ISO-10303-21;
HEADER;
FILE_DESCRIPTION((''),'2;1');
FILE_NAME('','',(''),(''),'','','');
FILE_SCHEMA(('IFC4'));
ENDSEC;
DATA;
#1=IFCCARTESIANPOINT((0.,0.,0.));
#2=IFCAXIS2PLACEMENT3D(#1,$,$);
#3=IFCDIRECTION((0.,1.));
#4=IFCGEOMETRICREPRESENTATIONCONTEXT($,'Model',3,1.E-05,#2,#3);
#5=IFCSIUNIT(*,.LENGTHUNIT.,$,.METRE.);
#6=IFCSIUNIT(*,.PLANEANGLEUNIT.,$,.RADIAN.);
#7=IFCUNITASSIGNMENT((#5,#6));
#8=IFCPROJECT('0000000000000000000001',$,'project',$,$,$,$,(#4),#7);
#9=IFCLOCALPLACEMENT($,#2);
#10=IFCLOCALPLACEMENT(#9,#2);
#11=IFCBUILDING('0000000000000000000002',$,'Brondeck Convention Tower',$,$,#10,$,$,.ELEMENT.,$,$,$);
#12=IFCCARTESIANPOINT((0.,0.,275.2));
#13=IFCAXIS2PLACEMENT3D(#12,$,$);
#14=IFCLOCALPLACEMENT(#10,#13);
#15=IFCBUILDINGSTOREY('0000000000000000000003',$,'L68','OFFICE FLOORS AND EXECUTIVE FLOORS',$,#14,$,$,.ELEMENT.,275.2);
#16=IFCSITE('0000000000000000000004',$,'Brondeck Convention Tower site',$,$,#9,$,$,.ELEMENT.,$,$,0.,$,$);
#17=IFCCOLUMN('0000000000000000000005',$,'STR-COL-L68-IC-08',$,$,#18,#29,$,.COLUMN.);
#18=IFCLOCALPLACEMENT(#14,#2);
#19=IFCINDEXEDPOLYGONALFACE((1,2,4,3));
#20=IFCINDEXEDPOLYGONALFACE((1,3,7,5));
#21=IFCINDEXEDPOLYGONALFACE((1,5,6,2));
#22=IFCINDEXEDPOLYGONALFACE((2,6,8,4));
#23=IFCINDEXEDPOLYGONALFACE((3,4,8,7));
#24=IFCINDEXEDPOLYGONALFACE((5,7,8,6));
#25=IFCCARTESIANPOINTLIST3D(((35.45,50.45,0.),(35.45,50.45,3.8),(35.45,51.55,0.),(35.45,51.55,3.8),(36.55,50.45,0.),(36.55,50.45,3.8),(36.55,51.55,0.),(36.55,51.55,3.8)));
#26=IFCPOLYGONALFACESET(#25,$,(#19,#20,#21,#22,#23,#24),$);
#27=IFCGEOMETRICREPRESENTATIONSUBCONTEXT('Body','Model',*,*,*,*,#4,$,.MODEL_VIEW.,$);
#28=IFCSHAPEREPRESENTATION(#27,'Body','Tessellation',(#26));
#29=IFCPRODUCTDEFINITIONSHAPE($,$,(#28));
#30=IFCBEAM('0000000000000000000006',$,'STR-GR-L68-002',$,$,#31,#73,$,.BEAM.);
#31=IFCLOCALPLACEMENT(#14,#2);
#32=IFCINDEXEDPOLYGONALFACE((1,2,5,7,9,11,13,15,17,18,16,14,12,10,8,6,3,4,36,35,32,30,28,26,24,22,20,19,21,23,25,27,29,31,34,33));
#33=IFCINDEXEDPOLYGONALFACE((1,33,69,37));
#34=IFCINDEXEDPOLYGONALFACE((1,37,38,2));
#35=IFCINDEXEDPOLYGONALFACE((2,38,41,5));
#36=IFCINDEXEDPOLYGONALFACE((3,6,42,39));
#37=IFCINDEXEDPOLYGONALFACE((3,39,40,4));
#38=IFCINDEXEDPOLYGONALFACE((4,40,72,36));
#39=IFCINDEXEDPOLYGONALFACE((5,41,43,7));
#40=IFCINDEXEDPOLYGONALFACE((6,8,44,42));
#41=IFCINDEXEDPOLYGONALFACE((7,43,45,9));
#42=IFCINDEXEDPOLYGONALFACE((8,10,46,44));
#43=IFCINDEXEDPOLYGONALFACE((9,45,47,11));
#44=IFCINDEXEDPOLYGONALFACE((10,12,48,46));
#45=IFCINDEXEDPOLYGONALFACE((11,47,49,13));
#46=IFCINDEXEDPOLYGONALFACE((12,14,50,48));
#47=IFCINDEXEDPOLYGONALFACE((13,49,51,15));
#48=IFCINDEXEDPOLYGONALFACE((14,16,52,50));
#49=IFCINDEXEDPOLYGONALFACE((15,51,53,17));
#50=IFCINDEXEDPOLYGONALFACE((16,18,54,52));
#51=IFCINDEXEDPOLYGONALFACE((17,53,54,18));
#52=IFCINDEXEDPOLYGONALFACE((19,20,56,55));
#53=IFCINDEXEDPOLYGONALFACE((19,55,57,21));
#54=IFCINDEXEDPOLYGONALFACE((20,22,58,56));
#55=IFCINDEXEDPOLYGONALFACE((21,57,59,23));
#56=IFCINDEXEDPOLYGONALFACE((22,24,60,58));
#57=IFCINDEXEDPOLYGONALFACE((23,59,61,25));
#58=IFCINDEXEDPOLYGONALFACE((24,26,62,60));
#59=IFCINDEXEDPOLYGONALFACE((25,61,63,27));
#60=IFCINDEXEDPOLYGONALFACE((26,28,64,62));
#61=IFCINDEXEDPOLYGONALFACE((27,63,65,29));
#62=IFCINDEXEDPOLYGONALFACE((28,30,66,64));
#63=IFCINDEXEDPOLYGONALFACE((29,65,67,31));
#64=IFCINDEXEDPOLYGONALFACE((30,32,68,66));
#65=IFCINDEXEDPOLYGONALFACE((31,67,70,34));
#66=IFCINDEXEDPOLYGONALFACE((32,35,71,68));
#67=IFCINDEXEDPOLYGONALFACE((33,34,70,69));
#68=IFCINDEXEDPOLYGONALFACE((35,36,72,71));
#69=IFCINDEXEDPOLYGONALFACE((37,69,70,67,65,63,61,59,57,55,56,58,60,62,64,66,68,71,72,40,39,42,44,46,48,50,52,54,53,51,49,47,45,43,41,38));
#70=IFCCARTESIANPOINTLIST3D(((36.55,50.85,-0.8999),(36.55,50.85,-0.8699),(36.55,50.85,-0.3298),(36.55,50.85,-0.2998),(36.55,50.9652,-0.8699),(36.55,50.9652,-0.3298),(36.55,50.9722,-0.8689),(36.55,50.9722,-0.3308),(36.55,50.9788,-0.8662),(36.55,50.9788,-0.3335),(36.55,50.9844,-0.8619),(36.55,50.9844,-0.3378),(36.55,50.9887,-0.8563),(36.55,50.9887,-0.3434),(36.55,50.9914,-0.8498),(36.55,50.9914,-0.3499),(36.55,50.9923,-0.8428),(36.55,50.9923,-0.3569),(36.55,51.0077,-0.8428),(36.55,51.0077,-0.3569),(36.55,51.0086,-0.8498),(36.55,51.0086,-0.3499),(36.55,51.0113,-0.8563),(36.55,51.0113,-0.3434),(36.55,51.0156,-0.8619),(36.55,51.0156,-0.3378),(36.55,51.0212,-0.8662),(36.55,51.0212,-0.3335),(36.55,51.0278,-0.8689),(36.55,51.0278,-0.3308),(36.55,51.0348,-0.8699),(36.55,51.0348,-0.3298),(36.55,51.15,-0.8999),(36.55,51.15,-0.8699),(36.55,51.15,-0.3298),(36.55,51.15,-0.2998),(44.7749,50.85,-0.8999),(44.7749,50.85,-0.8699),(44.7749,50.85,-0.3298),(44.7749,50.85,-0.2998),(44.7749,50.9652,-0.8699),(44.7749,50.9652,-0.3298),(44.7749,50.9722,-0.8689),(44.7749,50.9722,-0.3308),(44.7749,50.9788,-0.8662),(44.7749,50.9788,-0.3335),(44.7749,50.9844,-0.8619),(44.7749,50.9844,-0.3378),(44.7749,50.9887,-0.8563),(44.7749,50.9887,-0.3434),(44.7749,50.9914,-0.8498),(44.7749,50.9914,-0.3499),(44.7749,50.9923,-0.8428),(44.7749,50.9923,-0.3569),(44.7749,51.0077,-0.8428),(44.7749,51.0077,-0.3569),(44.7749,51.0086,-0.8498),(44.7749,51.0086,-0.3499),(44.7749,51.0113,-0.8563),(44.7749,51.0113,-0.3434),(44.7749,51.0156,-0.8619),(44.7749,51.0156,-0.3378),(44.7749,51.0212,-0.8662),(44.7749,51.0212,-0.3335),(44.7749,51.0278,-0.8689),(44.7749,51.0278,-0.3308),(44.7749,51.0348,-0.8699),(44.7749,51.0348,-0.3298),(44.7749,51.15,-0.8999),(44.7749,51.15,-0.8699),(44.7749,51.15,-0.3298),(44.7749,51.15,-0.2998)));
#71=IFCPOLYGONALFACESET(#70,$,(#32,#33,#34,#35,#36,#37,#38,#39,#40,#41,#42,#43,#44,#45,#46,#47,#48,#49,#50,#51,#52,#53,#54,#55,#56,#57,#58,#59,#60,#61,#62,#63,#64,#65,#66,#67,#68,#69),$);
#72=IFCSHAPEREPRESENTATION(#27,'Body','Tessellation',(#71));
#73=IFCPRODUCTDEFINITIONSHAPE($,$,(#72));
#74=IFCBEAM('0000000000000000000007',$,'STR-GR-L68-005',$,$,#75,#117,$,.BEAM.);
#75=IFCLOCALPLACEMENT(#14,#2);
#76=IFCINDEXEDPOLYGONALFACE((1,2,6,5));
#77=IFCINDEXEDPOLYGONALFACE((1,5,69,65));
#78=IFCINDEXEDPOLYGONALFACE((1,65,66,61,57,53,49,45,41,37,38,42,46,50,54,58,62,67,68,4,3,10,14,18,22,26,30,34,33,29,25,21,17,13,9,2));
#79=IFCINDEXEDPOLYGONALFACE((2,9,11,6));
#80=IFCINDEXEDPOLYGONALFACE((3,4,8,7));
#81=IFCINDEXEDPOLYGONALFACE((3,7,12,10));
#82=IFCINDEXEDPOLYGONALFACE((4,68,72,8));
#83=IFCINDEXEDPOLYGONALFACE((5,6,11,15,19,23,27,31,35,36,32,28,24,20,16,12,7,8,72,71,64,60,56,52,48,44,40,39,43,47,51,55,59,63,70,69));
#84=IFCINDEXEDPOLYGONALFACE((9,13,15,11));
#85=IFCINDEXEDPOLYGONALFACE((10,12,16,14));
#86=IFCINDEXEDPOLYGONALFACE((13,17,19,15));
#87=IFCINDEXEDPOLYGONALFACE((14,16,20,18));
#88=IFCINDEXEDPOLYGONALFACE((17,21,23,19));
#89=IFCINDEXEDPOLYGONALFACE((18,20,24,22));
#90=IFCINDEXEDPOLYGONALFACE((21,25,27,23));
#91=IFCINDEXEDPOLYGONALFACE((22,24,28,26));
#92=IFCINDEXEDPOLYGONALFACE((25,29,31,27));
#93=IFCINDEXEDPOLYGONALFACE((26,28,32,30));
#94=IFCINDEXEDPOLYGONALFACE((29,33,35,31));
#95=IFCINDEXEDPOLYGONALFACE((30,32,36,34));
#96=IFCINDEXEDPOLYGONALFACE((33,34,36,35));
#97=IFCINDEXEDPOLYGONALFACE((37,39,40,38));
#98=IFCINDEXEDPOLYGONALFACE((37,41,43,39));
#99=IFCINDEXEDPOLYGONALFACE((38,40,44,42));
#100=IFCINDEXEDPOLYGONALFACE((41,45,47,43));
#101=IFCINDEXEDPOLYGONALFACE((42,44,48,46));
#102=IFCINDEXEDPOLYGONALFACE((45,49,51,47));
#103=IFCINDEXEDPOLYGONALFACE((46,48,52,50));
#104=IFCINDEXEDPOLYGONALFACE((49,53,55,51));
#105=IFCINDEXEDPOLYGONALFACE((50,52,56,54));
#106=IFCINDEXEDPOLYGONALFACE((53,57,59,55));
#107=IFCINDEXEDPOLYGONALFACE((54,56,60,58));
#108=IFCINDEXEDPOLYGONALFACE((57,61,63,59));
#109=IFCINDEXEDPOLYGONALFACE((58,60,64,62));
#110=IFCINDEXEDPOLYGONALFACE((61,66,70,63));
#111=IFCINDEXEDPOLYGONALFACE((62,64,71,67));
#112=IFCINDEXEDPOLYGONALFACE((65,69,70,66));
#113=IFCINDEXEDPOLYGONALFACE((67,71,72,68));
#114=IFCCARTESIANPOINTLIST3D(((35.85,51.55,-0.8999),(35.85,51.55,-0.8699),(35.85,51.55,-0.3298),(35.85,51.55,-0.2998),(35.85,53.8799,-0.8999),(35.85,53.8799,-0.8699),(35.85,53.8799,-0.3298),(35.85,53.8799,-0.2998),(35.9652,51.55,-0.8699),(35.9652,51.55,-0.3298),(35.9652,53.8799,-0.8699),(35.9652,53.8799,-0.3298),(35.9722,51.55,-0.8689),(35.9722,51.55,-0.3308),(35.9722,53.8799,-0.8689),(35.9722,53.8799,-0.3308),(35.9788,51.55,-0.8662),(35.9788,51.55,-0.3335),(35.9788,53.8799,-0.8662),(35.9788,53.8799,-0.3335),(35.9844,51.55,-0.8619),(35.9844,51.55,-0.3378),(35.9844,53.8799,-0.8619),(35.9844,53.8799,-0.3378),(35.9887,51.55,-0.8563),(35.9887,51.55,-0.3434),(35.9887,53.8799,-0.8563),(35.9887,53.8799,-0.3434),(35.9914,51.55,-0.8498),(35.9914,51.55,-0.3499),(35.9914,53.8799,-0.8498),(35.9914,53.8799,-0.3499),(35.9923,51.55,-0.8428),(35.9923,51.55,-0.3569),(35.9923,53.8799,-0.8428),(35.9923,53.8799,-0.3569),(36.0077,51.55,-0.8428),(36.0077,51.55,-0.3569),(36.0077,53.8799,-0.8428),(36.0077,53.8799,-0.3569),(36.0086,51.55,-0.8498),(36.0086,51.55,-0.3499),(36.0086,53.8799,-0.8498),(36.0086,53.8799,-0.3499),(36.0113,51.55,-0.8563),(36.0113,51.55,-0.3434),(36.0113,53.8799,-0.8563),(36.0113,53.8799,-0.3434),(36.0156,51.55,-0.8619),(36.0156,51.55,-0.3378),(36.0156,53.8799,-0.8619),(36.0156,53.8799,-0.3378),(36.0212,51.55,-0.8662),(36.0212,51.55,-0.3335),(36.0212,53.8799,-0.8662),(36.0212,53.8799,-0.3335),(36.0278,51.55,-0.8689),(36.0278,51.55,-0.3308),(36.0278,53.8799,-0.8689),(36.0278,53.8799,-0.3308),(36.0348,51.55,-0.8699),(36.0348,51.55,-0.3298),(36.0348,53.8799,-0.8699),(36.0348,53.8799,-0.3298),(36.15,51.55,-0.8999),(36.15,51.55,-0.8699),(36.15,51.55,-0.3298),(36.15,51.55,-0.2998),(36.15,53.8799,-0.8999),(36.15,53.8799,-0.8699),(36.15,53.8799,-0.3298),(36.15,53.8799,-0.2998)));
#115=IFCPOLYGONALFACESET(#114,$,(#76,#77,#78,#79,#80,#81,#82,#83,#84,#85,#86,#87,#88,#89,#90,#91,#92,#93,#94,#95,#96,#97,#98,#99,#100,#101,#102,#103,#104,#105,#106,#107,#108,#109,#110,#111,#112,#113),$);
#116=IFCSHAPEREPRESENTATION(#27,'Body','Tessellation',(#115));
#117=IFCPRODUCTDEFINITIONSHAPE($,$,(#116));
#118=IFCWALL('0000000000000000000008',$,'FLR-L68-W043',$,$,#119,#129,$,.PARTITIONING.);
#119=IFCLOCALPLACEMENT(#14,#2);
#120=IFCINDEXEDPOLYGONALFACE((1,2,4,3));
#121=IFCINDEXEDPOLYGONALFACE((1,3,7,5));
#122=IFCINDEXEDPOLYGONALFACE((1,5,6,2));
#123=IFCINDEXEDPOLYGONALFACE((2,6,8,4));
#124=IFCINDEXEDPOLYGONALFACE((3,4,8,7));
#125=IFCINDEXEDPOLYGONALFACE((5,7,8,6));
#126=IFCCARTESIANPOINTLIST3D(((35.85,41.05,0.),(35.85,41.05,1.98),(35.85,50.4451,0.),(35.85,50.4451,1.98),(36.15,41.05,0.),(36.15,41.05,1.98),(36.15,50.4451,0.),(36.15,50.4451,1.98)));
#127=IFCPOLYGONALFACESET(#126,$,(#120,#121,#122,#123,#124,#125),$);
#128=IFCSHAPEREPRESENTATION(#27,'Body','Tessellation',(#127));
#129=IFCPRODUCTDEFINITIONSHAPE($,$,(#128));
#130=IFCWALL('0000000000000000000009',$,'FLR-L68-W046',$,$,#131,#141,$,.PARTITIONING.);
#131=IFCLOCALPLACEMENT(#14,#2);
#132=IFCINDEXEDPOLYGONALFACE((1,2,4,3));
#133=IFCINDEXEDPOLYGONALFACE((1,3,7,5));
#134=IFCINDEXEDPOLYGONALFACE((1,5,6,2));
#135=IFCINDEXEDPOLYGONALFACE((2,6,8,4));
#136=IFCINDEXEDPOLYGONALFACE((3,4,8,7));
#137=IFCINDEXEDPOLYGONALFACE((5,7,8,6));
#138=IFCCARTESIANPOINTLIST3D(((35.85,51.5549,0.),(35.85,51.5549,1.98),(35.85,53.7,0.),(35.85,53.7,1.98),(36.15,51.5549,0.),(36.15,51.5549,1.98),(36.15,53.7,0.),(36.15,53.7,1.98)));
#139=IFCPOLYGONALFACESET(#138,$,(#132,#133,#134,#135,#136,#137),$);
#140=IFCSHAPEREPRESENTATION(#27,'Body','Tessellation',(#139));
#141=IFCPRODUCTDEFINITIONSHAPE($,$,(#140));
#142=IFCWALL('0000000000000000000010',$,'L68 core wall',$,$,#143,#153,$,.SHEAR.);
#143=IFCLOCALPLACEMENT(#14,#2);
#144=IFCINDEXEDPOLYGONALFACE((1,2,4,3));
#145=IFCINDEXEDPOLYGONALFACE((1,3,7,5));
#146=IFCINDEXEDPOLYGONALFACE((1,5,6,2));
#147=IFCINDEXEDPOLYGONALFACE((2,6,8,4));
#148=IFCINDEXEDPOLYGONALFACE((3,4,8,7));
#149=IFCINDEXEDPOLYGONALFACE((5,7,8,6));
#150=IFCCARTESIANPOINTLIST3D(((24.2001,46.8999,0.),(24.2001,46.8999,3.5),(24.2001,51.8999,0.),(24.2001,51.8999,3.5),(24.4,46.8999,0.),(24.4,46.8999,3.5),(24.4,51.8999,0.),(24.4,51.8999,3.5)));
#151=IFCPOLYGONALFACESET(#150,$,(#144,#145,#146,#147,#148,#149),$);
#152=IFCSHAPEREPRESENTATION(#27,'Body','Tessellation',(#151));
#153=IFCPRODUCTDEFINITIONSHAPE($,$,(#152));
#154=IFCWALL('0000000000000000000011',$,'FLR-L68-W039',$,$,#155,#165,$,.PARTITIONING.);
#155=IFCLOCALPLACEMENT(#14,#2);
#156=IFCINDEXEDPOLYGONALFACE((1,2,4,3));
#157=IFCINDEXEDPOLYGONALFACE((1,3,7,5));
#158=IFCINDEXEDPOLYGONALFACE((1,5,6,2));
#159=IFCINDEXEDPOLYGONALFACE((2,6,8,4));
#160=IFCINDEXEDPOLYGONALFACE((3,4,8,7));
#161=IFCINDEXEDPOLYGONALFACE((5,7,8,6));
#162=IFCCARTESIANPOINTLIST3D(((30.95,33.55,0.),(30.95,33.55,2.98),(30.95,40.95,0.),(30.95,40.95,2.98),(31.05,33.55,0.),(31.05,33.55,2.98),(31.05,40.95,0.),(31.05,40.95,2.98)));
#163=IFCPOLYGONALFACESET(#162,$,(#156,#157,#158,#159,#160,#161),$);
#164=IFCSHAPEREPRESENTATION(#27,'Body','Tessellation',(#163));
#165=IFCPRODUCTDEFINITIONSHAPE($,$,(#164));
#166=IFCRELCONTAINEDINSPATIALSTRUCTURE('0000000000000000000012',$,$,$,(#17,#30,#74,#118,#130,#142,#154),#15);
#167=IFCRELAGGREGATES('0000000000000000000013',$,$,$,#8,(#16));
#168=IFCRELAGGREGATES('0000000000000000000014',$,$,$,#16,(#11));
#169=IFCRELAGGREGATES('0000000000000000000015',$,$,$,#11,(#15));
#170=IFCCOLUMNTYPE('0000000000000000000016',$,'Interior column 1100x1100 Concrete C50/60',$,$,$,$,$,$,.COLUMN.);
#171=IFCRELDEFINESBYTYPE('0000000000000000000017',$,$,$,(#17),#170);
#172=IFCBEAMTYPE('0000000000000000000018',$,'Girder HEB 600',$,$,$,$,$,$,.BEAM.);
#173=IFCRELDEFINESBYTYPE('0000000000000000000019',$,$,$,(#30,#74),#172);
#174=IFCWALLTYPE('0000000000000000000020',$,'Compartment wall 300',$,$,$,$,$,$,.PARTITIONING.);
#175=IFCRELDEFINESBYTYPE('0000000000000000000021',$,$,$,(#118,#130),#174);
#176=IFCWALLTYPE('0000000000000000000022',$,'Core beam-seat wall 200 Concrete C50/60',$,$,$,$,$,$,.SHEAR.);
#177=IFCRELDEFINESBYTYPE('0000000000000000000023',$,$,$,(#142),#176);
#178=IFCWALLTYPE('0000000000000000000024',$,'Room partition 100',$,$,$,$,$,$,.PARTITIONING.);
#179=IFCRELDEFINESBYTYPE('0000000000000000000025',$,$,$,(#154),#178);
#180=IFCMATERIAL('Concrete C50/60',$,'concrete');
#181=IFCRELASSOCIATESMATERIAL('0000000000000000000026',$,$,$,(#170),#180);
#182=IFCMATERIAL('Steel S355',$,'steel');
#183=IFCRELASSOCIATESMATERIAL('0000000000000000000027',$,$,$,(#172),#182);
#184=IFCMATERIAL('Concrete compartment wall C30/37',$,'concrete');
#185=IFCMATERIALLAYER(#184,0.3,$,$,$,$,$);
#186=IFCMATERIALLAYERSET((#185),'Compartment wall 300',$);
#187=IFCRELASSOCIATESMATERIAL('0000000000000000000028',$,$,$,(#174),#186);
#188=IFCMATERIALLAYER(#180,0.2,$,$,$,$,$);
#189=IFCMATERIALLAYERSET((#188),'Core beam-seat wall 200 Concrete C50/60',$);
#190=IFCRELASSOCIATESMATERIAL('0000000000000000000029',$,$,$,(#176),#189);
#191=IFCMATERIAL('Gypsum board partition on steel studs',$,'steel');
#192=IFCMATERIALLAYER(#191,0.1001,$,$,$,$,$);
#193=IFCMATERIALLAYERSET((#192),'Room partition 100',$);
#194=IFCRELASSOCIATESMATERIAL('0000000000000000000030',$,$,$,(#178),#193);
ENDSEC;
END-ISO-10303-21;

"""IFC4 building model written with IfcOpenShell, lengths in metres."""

from ifc_helpers import new_model, si_unit, direction, frame, frame_2d, origin, origin_2d, place, context, subcontext, project, spatial, rectangle, i_section, extrude, material, layer, layer_set, material_profile, profile_set, type_object, element, save


model = new_model("IFC4")

# Units and contexts
model_context = context("Model", 3, precision=1e-05, world=origin(), true_north=direction((0.0, 1.0)))
body_context = subcontext(model_context, "Body", "Model", "MODEL_VIEW")
ifc_project = project(units=[si_unit("LENGTHUNIT", "METRE"), si_unit("PLANEANGLEUNIT", "RADIAN")], contexts=[model_context])

# Site, building, storey
site_placement = place(None, origin())
site = spatial("IfcSite", under=ifc_project, at=site_placement, Name="Brondeck Convention Tower site", CompositionType="ELEMENT", RefElevation=0.0)
building_placement = place(site_placement, origin())
building = spatial("IfcBuilding", under=site, at=building_placement, Name="Brondeck Convention Tower", CompositionType="ELEMENT")
storey_placement = place(building_placement, frame((0.0, 0.0, 275.2)))
storey = spatial("IfcBuildingStorey", under=building, at=storey_placement, Name="L68", Description="OFFICE FLOORS AND EXECUTIVE FLOORS", CompositionType="ELEMENT", Elevation=275.2)

# Column
ifc_material_1 = material(Name="Concrete C50/60", Category="concrete")
ifc_material_profile_1 = material_profile(ifc_material_1, rectangle(XDim=1.1001, YDim=1.1001, at=origin_2d()), Name="Interior column 1100x1100 Concrete C50/60")
ifc_profile_set_1 = profile_set([ifc_material_profile_1], Name="Concrete C50/60")
column_type = type_object("IfcColumnType", Name="Interior column 1100x1100 Concrete C50/60", PredefinedType="COLUMN", material=ifc_profile_set_1)
column_placement = place(storey_placement, frame((36.0, 51.0, 0.0), z_axis=(0.0, 0.0, 1.0), x_axis=(1.0, 0.0, 0.0)))
element("IfcColumn", 1, at=column_placement, inside=storey, type_object=column_type, Name="STR-COL-L68-IC-08", PredefinedType="COLUMN", context=body_context, shape_type="SweptSolid", body=[
    extrude(rectangle(XDim=1.1001, YDim=1.1001, at=origin_2d()), origin(), (0.0, 0.0, 1.0), 3.8),
])

# Beams
ifc_material_2 = material(Name="Steel S355", Category="steel")
ifc_material_profile_2 = material_profile(ifc_material_2, i_section(OverallWidth=0.3, OverallDepth=0.6001, WebThickness=0.0154, FlangeThickness=0.03, FilletRadius=0.0271, at=origin_2d()), Name="HEB 600")
ifc_profile_set_2 = profile_set([ifc_material_profile_2], Name="Steel S355")
beam_type = type_object("IfcBeamType", Name="Girder HEB 600", PredefinedType="BEAM", material=ifc_profile_set_2)
beam_1_placement = place(storey_placement, frame((36.55, 51.0, -0.5999), z_axis=(1.0, 0.0, 0.0), x_axis=(0.0, 1.0, 0.0)))
element("IfcBeam", 2, at=beam_1_placement, inside=storey, type_object=beam_type, Name="STR-GR-L68-002", PredefinedType="BEAM", context=body_context, shape_type="SweptSolid", body=[
    extrude(i_section(OverallWidth=0.3, OverallDepth=0.6001, WebThickness=0.0154, FlangeThickness=0.03, FilletRadius=0.0271, at=origin_2d()), origin(), (0.0, 0.0, 1.0), 8.2249),
])
beam_2_placement = place(storey_placement, frame((36.0, 51.55, -0.5999), z_axis=(0.0, 1.0, 0.0), x_axis=(-1.0, 0.0, 0.0)))
element("IfcBeam", 3, at=beam_2_placement, inside=storey, type_object=beam_type, Name="STR-GR-L68-005", PredefinedType="BEAM", context=body_context, shape_type="SweptSolid", body=[
    extrude(i_section(OverallWidth=0.3, OverallDepth=0.6001, WebThickness=0.0154, FlangeThickness=0.03, FilletRadius=0.0271, at=origin_2d()), origin(), (0.0, 0.0, 1.0), 2.3298),
])

# Walls
ifc_material_3 = material(Name="Concrete compartment wall C30/37", Category="concrete")
ifc_layer_1 = layer(ifc_material_3, 0.3)
ifc_layer_set_1 = layer_set([ifc_layer_1], Name="Compartment wall 300")
wall_type_1 = type_object("IfcWallType", Name="Compartment wall 300", PredefinedType="PARTITIONING", material=ifc_layer_set_1)
wall_1_placement = place(storey_placement, frame((36.0, 41.05, 0.0), z_axis=(0.0, 0.0, 1.0), x_axis=(0.0, 1.0, 0.0)))
element("IfcWall", 4, at=wall_1_placement, inside=storey, type_object=wall_type_1, Name="FLR-L68-W043", PredefinedType="PARTITIONING", context=body_context, shape_type="SweptSolid", body=[
    extrude(rectangle(XDim=9.395, YDim=0.3, at=frame_2d((4.6975, 0.0))), origin(), (0.0, 0.0, 1.0), 1.98),
])
wall_2_placement = place(storey_placement, frame((36.0, 51.5549, 0.0), z_axis=(0.0, 0.0, 1.0), x_axis=(0.0, 1.0, 0.0)))
element("IfcWall", 5, at=wall_2_placement, inside=storey, type_object=wall_type_1, Name="FLR-L68-W046", PredefinedType="PARTITIONING", context=body_context, shape_type="SweptSolid", body=[
    extrude(rectangle(XDim=2.145, YDim=0.3, at=frame_2d((1.0725, 0.0))), origin(), (0.0, 0.0, 1.0), 1.98),
])
ifc_layer_2 = layer(ifc_material_1, 0.2)
ifc_layer_set_2 = layer_set([ifc_layer_2], Name="Core beam-seat wall 200 Concrete C50/60")
wall_type_2 = type_object("IfcWallType", Name="Core beam-seat wall 200 Concrete C50/60", PredefinedType="SHEAR", material=ifc_layer_set_2)
wall_3_placement = place(storey_placement, frame((24.3, 46.8999, 0.0), z_axis=(0.0, 0.0, 1.0), x_axis=(0.0, 1.0, 0.0)))
element("IfcWall", 6, at=wall_3_placement, inside=storey, type_object=wall_type_2, Name="L68 core wall", PredefinedType="SHEAR", context=body_context, shape_type="SweptSolid", body=[
    extrude(rectangle(XDim=5.0, YDim=0.2, at=frame_2d((2.5, 0.0))), origin(), (0.0, 0.0, 1.0), 3.5),
])
ifc_material_4 = material(Name="Gypsum board partition on steel studs", Category="steel")
ifc_layer_3 = layer(ifc_material_4, 0.1001)
ifc_layer_set_3 = layer_set([ifc_layer_3], Name="Room partition 100")
wall_type_3 = type_object("IfcWallType", Name="Room partition 100", PredefinedType="PARTITIONING", material=ifc_layer_set_3)
wall_4_placement = place(storey_placement, frame((31.0, 40.95, 0.0), z_axis=(0.0, 0.0, 1.0), x_axis=(0.0, -1.0, 0.0)))
element("IfcWall", 7, at=wall_4_placement, inside=storey, type_object=wall_type_3, Name="FLR-L68-W039", PredefinedType="PARTITIONING", context=body_context, shape_type="SweptSolid", body=[
    extrude(rectangle(XDim=7.3999, YDim=0.1001, at=frame_2d((3.7, 0.0))), origin(), (0.0, 0.0, 1.0), 2.98),
])

save(model, "model.ifc")
